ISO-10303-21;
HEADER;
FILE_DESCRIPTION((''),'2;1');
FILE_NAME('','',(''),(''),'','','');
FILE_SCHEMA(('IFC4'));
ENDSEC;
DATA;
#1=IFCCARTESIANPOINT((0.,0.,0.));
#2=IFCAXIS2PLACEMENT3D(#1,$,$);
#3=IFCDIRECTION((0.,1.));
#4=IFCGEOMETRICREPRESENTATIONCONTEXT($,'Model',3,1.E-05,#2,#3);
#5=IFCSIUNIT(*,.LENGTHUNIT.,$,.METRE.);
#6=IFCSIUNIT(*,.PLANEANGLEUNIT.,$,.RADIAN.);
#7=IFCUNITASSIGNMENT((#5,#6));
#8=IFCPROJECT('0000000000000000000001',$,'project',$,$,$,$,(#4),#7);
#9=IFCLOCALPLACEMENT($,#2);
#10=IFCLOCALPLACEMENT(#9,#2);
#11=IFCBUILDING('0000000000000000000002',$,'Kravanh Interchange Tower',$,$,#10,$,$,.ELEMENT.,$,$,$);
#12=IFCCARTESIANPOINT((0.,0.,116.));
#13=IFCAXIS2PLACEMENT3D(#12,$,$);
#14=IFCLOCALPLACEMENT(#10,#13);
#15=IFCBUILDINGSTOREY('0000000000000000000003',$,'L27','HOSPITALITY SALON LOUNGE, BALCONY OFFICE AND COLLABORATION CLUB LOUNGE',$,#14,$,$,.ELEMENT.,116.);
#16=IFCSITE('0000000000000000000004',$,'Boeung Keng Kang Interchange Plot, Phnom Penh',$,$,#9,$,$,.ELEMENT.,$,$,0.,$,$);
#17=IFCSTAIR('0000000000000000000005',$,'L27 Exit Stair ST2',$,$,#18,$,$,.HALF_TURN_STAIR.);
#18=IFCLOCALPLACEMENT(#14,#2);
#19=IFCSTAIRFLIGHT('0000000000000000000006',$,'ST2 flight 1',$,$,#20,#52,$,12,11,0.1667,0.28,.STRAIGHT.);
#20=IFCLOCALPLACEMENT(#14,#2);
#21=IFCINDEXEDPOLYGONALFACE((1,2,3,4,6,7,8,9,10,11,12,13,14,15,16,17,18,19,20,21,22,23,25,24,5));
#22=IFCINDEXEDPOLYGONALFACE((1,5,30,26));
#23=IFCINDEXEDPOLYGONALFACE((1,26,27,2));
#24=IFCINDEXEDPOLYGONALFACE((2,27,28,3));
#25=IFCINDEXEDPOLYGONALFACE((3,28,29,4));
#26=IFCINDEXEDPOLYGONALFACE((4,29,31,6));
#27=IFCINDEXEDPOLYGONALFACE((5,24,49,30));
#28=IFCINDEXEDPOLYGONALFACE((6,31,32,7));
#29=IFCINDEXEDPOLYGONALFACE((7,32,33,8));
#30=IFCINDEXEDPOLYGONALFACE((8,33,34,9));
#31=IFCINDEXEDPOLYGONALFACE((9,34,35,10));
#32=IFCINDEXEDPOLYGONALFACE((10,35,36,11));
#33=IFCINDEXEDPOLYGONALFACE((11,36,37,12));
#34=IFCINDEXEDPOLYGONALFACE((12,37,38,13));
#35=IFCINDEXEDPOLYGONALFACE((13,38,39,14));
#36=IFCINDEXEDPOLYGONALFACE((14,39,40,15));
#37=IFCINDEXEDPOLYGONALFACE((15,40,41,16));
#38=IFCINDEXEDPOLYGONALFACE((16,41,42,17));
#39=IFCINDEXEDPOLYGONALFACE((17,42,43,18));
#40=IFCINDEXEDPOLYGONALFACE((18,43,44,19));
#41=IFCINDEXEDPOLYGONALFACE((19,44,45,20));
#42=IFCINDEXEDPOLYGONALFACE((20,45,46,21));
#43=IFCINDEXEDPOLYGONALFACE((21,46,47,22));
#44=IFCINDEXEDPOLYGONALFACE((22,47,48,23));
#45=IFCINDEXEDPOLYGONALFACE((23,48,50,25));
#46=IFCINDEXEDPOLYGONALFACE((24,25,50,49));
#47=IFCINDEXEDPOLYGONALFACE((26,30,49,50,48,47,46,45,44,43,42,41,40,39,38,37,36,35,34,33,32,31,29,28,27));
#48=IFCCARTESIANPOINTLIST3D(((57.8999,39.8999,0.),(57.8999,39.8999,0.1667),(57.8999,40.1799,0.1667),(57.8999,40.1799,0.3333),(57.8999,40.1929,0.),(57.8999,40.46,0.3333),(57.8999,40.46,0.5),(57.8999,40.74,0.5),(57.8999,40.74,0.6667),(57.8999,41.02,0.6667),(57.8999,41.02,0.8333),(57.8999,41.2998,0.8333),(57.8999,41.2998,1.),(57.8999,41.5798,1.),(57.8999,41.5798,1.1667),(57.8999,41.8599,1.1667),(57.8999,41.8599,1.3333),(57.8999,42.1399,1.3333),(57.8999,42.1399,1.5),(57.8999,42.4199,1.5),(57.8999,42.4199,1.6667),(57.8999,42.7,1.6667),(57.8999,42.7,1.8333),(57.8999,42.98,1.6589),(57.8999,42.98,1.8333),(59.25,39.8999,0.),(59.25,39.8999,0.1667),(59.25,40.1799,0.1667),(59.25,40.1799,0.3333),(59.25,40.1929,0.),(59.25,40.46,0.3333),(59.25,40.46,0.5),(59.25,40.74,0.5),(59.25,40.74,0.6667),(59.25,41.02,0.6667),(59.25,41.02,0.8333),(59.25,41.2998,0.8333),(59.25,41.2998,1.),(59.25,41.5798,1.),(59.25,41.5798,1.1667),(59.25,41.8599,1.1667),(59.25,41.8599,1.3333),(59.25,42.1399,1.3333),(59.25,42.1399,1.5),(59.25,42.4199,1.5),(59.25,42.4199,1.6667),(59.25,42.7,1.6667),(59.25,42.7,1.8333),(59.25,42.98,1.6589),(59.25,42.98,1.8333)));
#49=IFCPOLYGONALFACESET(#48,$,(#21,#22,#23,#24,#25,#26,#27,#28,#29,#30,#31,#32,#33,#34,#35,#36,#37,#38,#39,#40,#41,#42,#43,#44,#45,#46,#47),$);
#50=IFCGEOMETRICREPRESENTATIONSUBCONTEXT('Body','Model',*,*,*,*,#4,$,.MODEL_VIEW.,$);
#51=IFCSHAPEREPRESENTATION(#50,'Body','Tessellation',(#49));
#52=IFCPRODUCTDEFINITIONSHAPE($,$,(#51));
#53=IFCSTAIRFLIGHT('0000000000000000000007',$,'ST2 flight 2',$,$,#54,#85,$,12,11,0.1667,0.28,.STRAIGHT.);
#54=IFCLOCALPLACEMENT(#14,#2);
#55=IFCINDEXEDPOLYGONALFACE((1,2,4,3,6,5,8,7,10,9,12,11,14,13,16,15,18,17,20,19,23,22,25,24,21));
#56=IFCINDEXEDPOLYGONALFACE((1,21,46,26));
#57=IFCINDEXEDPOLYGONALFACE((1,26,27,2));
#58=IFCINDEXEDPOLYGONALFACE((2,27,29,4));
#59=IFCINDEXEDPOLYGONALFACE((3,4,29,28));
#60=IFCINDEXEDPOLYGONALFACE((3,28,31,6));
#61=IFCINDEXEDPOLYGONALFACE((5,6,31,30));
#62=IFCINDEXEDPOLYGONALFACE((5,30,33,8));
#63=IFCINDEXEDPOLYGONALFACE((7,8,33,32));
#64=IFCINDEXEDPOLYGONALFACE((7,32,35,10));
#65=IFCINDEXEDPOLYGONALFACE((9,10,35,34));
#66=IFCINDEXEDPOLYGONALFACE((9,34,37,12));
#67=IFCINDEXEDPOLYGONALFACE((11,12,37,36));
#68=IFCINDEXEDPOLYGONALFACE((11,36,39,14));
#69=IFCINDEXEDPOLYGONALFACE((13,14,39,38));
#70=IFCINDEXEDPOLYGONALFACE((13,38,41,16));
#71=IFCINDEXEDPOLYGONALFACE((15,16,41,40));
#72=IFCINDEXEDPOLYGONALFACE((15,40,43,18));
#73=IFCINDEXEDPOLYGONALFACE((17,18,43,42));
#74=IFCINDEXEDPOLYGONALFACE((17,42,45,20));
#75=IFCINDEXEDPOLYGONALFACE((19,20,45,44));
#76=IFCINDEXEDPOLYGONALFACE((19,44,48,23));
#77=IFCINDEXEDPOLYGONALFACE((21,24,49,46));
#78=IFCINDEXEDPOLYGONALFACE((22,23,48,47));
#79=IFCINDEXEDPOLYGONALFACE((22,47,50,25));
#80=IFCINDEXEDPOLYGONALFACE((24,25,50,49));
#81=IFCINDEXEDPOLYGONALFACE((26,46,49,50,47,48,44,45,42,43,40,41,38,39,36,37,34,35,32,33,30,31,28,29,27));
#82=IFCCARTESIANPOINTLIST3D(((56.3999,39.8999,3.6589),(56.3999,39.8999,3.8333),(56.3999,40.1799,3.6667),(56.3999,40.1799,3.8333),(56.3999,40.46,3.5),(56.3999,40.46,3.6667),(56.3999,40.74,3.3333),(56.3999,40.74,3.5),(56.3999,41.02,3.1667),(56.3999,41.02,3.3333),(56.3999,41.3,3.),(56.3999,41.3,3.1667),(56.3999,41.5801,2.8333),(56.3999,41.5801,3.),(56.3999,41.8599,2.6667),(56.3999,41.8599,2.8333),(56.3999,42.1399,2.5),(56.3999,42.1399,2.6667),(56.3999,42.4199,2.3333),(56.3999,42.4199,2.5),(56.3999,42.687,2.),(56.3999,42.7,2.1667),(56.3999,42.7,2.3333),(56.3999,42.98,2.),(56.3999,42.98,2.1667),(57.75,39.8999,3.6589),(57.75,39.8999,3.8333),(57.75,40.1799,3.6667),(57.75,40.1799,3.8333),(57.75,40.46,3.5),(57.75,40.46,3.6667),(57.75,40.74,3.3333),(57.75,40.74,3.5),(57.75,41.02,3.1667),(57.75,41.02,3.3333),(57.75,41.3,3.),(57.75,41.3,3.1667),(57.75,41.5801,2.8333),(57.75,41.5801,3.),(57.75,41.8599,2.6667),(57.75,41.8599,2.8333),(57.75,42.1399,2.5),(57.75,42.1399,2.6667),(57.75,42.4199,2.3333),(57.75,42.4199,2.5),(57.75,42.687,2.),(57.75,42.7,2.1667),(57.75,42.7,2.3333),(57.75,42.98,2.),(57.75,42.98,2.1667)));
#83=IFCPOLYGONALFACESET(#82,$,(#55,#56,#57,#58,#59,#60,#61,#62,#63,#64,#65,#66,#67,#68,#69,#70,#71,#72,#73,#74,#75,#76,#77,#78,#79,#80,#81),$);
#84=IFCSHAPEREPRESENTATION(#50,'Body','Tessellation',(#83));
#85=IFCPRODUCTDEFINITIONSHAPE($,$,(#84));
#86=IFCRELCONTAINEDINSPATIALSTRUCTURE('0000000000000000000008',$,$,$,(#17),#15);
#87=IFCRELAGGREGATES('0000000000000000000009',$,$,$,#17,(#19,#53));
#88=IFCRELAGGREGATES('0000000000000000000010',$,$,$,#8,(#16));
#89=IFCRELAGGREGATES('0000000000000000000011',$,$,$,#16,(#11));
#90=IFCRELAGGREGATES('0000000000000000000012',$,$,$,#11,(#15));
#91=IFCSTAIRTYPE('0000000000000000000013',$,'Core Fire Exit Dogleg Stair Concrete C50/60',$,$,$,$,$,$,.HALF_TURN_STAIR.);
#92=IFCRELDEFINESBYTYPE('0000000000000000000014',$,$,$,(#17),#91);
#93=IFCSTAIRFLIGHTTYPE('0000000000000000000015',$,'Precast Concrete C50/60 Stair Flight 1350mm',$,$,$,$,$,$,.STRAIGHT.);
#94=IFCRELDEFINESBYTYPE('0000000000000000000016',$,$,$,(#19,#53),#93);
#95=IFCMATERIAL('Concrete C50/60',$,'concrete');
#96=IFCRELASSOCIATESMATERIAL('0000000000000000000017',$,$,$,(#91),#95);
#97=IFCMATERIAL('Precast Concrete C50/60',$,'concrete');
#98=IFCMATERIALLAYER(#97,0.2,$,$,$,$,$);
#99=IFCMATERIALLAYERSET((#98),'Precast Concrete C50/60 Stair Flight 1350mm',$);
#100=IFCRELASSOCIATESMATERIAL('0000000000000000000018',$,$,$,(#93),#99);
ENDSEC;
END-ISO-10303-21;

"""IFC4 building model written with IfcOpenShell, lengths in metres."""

from ifc_helpers import new_model, si_unit, direction, frame, origin, place, context, subcontext, project, spatial, polyline, outline, extrude, material, layer, layer_set, type_object, element, aggregate, save


model = new_model("IFC4")

# Units and contexts
model_context = context("Model", 3, precision=1e-05, world=origin(), true_north=direction((0.0, 1.0)))
body_context = subcontext(model_context, "Body", "Model", "MODEL_VIEW")
ifc_project = project(units=[si_unit("LENGTHUNIT", "METRE"), si_unit("PLANEANGLEUNIT", "RADIAN")], contexts=[model_context])

# Site, building, storey
site_placement = place(None, origin())
site = spatial("IfcSite", under=ifc_project, at=site_placement, Name="Boeung Keng Kang Interchange Plot, Phnom Penh", CompositionType="ELEMENT", RefElevation=0.0)
building_placement = place(site_placement, origin())
building = spatial("IfcBuilding", under=site, at=building_placement, Name="Kravanh Interchange Tower", CompositionType="ELEMENT")
storey_placement = place(building_placement, frame((0.0, 0.0, 116.0)))
storey = spatial("IfcBuildingStorey", under=building, at=storey_placement, Name="L27", Description="HOSPITALITY SALON LOUNGE, BALCONY OFFICE AND COLLABORATION CLUB LOUNGE", CompositionType="ELEMENT", Elevation=116.0)

# Stair, stair flights
ifc_material_1 = material(Name="Concrete C50/60", Category="concrete")
stair_type = type_object("IfcStairType", Name="Core Fire Exit Dogleg Stair Concrete C50/60", PredefinedType="HALF_TURN_STAIR", material=ifc_material_1)
ifc_material_2 = material(Name="Precast Concrete C50/60", Category="concrete")
ifc_layer_1 = layer(ifc_material_2, 0.2)
ifc_layer_set_1 = layer_set([ifc_layer_1], Name="Precast Concrete C50/60 Stair Flight 1350mm")
stair_flight_type = type_object("IfcStairFlightType", Name="Precast Concrete C50/60 Stair Flight 1350mm", PredefinedType="STRAIGHT", material=ifc_layer_set_1)
stair_1_placement = place(storey_placement, origin())
stair_1 = element("IfcStair", 1, at=stair_1_placement, inside=storey, type_object=stair_type, Name="L27 Exit Stair ST2", PredefinedType="HALF_TURN_STAIR")
stair_flight_1_placement = place(storey_placement, frame((58.575, 39.8999, 0.0), z_axis=(0.0, 0.0, 1.0), x_axis=(0.0, 1.0, 0.0)))
stair_flight_1 = element("IfcStairFlight", 2, at=stair_flight_1_placement, type_object=stair_flight_type, Name="ST2 flight 1", NumberOfRisers=12, NumberOfTreads=11, PredefinedType="STRAIGHT", RiserHeight=0.1667, TreadLength=0.28, context=body_context, shape_type="SweptSolid", body=[
    extrude(outline(polyline([(0.0, 0.0), (0.0, 0.1667), (0.28, 0.1667), (0.28, 0.3333), (0.5601, 0.3333), (0.5601, 0.5), (0.8401, 0.5), (0.8401, 0.6667), (1.1201, 0.6667), (1.1201, 0.8333), (1.3999, 0.8333), (1.3999, 1.0), (1.6799, 1.0), (1.6799, 1.1667), (1.96, 1.1667), (1.96, 1.3333), (2.24, 1.3333), (2.24, 1.5), (2.52, 1.5), (2.52, 1.6667), (2.8, 1.6667), (2.8, 1.8333), (3.0801, 1.8333), (3.0801, 2.0), (3.0801, 1.6589), (0.293, 0.0), (0.0, 0.0)])), frame((0.0, 0.675, 0.0), z_axis=(0.0, -1.0, 0.0), x_axis=(1.0, 0.0, 0.0)), (0.0, 0.0, 1.0), 1.3501),
])
stair_flight_2_placement = place(storey_placement, frame((57.075, 42.98, 2.0), z_axis=(0.0, 0.0, 1.0), x_axis=(0.0, -1.0, 0.0)))
stair_flight_2 = element("IfcStairFlight", 3, at=stair_flight_2_placement, type_object=stair_flight_type, Name="ST2 flight 2", NumberOfRisers=12, NumberOfTreads=11, PredefinedType="STRAIGHT", RiserHeight=0.1667, TreadLength=0.28, context=body_context, shape_type="SweptSolid", body=[
    extrude(outline(polyline([(0.0, 0.0), (0.0, 0.1667), (0.28, 0.1667), (0.28, 0.3333), (0.5601, 0.3333), (0.5601, 0.5), (0.8401, 0.5), (0.8401, 0.6667), (1.1201, 0.6667), (1.1201, 0.8333), (1.3999, 0.8333), (1.3999, 1.0), (1.6799, 1.0), (1.6799, 1.1667), (1.96, 1.1667), (1.96, 1.3333), (2.24, 1.3333), (2.24, 1.5), (2.52, 1.5), (2.52, 1.6667), (2.8, 1.6667), (2.8, 1.8333), (3.0801, 1.8333), (3.0801, 2.0), (3.0801, 1.6589), (0.293, 0.0), (0.0, 0.0)])), frame((0.0, 0.675, 0.0), z_axis=(0.0, -1.0, 0.0), x_axis=(1.0, 0.0, 0.0)), (0.0, 0.0, 1.0), 1.3501),
])
aggregate(stair_1, [stair_flight_1, stair_flight_2])

save(model, "model.ifc")
